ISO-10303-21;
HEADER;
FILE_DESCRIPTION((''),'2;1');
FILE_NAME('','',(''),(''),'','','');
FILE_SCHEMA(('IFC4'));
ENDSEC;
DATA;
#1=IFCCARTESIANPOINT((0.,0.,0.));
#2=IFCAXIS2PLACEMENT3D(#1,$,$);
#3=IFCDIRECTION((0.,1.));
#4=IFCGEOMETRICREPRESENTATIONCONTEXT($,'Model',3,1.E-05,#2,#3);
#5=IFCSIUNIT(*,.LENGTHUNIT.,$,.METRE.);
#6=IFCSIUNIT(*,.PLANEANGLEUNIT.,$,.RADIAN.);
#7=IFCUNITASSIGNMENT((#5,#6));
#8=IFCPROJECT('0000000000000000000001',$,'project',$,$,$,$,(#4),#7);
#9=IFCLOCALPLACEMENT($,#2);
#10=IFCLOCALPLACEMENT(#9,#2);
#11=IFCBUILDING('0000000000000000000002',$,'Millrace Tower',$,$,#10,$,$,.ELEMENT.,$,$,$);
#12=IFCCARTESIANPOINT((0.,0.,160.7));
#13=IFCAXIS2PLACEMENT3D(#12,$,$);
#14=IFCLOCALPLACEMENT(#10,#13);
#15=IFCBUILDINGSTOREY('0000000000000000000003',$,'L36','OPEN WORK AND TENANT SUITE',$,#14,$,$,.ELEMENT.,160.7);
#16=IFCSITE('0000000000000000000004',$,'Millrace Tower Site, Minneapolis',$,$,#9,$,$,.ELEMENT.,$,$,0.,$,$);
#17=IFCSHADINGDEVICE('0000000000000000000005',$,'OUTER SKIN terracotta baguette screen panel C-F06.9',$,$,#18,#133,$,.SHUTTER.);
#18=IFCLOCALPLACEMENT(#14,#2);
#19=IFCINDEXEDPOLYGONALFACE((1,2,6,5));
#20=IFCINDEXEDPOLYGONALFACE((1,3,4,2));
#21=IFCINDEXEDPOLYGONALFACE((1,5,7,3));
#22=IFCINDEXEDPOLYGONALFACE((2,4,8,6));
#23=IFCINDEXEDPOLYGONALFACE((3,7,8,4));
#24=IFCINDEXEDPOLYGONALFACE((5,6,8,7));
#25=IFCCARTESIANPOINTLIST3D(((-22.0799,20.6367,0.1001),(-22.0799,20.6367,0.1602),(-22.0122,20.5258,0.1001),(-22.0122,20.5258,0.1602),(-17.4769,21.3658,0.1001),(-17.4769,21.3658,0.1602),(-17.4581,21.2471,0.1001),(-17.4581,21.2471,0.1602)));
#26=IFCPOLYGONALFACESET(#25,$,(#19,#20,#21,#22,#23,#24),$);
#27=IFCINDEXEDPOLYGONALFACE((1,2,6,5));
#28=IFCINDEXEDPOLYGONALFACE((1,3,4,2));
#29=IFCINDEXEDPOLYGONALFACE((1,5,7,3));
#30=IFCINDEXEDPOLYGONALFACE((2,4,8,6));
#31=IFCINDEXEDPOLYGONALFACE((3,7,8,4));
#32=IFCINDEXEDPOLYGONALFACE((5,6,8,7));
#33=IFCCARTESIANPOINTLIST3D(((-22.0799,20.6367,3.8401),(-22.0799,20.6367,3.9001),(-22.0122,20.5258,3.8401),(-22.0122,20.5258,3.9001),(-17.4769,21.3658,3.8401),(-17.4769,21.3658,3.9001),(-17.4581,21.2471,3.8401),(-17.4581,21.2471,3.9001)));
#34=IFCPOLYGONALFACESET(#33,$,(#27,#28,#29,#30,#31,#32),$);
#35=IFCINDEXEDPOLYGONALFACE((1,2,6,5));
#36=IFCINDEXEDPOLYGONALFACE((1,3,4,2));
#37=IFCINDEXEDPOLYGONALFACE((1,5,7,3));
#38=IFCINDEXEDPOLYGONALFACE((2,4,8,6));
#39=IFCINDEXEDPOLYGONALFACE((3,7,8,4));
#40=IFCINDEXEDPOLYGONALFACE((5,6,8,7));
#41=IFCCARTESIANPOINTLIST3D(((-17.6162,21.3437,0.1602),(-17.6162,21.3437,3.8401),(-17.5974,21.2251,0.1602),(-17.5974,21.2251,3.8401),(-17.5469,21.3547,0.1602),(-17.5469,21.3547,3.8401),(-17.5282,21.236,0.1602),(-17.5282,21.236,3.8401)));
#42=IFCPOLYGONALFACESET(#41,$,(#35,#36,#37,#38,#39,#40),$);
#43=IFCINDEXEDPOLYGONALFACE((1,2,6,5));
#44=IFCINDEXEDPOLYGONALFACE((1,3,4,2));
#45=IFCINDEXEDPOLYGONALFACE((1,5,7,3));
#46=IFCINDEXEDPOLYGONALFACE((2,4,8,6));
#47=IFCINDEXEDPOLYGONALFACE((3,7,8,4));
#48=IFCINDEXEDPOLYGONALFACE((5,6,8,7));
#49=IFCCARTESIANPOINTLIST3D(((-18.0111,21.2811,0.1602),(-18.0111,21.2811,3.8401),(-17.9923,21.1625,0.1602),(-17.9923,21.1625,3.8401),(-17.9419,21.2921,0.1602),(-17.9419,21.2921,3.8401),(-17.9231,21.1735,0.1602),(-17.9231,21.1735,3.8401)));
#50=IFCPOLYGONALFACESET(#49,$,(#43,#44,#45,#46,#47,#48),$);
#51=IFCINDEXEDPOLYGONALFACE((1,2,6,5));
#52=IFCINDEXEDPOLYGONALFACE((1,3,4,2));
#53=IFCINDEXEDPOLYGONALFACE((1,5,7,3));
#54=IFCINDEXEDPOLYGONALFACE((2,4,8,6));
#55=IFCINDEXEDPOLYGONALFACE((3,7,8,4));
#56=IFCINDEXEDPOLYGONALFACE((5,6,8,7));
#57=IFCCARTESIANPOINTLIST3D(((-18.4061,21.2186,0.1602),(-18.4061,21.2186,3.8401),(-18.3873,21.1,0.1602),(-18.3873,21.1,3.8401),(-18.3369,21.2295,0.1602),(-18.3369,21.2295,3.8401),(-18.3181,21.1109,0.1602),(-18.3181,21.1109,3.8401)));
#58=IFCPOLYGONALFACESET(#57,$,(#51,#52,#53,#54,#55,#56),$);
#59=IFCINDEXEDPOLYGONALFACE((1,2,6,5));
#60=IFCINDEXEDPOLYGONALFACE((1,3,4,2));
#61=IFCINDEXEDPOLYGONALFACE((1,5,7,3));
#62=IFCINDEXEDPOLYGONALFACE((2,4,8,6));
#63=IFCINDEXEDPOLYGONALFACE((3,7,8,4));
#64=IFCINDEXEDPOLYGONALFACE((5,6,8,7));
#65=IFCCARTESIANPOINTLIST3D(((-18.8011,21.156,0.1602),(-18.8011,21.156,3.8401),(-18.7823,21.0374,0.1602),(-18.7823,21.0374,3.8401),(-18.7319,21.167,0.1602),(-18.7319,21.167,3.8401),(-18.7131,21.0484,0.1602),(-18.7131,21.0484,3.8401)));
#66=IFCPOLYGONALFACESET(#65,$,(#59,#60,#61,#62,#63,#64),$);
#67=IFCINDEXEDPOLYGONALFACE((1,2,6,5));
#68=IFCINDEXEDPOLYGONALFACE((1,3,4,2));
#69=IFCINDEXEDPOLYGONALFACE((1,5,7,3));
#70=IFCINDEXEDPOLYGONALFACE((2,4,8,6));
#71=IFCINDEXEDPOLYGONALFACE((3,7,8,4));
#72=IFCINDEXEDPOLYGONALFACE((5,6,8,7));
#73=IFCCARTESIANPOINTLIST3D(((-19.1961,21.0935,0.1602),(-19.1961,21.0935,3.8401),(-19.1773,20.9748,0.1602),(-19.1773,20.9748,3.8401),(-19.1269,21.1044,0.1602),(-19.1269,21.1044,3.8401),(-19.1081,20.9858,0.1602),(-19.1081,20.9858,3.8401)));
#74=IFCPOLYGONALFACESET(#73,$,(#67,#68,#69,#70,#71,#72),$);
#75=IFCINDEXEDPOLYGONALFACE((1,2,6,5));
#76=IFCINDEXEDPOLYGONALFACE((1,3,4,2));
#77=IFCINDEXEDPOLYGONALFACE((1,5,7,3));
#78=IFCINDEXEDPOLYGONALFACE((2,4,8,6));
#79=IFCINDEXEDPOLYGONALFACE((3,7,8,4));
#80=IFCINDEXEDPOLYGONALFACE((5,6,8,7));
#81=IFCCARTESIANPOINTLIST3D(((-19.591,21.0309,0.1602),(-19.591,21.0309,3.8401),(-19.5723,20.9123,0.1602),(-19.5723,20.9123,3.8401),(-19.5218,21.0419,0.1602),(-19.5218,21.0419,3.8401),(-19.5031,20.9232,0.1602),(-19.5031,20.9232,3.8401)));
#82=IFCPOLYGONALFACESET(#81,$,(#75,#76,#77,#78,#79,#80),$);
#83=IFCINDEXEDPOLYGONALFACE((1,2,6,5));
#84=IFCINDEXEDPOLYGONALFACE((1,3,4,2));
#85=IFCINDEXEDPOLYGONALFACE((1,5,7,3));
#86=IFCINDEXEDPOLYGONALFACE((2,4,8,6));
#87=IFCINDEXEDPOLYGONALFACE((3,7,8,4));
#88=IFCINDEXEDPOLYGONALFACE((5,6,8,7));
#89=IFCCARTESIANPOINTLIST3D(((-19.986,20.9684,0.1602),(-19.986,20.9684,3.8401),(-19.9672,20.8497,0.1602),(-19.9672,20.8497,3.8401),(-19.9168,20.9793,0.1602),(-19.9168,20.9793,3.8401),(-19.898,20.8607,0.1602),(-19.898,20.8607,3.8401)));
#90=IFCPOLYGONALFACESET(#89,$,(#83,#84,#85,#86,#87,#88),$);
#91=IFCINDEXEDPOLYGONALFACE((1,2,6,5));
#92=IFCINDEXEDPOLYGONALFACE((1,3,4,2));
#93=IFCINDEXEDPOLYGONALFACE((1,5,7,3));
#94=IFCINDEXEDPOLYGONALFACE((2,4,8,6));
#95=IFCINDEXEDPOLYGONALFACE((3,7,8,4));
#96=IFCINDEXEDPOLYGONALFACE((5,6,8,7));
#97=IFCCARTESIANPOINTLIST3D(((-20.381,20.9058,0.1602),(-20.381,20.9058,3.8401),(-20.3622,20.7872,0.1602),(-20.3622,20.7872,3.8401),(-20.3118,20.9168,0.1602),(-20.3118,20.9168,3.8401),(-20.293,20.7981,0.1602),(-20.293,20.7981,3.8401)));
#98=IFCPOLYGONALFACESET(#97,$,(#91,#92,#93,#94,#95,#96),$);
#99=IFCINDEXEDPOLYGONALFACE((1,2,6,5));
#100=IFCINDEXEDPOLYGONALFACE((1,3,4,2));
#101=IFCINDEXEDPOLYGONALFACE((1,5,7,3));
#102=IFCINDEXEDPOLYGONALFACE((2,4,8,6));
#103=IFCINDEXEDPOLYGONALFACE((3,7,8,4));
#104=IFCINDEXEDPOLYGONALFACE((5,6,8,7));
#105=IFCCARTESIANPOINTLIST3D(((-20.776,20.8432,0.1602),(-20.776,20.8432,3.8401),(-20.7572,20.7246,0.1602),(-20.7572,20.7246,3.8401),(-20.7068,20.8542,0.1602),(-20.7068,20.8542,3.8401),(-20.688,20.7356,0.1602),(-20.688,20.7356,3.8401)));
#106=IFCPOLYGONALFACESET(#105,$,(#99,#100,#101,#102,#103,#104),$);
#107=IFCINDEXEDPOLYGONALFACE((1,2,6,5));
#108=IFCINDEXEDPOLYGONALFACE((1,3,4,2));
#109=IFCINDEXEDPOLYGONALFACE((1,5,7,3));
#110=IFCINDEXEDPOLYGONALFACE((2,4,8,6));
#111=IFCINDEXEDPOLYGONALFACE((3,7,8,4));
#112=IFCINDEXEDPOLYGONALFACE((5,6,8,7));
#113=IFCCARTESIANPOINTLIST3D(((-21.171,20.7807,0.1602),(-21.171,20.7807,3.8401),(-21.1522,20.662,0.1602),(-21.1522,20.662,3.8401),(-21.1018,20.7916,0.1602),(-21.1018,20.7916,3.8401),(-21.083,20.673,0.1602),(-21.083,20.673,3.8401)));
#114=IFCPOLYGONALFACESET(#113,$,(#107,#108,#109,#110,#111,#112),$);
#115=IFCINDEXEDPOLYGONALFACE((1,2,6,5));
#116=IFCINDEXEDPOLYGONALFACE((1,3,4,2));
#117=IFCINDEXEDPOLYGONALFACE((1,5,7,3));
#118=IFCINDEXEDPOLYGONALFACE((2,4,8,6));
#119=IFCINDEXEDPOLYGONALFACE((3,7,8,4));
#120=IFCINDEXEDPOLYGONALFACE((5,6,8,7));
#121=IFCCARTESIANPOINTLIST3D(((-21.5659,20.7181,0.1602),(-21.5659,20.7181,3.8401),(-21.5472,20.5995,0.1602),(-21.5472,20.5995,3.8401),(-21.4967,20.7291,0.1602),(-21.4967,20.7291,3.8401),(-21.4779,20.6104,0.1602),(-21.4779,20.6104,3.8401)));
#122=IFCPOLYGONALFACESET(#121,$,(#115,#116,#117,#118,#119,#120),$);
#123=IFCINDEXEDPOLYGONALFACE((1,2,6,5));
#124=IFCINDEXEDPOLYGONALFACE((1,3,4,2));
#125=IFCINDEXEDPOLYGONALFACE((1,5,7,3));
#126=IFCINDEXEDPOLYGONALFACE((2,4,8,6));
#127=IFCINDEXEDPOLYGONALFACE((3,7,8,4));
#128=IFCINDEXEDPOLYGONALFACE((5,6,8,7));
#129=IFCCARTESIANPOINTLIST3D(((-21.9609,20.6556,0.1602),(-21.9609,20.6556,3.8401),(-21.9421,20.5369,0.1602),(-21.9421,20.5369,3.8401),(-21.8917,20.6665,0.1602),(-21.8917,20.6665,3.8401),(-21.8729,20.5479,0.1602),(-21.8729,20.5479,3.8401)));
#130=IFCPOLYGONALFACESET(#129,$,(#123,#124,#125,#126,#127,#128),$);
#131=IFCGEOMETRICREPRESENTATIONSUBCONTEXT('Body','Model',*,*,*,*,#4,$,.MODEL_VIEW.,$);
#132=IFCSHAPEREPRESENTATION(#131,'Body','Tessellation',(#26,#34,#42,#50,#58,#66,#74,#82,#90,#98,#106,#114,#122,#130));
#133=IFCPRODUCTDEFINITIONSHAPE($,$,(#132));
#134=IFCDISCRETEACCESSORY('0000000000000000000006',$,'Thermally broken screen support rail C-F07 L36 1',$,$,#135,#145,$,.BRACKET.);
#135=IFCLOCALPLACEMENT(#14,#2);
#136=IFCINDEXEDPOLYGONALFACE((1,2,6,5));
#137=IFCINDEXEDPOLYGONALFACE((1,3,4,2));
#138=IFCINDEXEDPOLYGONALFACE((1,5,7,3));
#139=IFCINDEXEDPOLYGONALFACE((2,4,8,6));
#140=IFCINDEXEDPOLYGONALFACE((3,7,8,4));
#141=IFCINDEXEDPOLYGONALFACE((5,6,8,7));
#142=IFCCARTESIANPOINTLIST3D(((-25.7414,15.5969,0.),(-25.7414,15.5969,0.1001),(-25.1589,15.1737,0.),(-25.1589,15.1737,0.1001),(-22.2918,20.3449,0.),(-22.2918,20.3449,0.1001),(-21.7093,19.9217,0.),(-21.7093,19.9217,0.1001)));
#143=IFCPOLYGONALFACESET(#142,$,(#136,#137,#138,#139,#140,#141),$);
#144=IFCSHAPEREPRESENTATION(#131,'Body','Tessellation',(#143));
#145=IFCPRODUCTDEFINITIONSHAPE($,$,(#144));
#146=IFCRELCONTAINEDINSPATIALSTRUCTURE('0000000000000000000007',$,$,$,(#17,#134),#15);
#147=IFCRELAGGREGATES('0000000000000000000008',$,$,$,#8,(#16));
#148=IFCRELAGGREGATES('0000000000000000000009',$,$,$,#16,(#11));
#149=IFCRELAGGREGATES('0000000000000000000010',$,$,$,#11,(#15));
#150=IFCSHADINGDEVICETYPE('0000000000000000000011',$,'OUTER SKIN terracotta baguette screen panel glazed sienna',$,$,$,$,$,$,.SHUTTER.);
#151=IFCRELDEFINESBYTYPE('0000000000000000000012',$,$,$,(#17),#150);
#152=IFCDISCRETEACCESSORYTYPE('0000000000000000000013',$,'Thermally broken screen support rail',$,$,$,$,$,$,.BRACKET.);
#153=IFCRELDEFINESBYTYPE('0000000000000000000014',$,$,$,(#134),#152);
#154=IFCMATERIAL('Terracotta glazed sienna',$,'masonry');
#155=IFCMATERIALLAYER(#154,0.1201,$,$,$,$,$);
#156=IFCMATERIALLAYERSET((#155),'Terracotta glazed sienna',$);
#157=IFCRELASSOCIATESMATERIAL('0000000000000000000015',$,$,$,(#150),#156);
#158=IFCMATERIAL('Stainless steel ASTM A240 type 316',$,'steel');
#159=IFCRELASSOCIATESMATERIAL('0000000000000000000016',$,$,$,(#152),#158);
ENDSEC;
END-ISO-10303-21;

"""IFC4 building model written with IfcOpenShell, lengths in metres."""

from ifc_helpers import new_model, entity, si_unit, direction, frame, frame_2d, origin, origin_2d, place, context, subcontext, project, spatial, rectangle, extrude, source, transform, mapped, material, layer, layer_set, type_object, element, save


model = new_model("IFC4")

# Units and contexts
model_context = context("Model", 3, precision=1e-05, world=origin(), true_north=direction((0.0, 1.0)))
body_context = subcontext(model_context, "Body", "Model", "MODEL_VIEW")
ifc_project = project(units=[si_unit("LENGTHUNIT", "METRE"), si_unit("PLANEANGLEUNIT", "RADIAN")], contexts=[model_context])

# Site, building, storey
site_placement = place(None, origin())
site = spatial("IfcSite", under=ifc_project, at=site_placement, Name="Millrace Tower Site, Minneapolis", CompositionType="ELEMENT", RefElevation=0.0)
building_placement = place(site_placement, origin())
building = spatial("IfcBuilding", under=site, at=building_placement, Name="Millrace Tower", CompositionType="ELEMENT")
storey_placement = place(building_placement, frame((0.0, 0.0, 160.7)))
storey = spatial("IfcBuildingStorey", under=building, at=storey_placement, Name="L36", Description="OPEN WORK AND TENANT SUITE", CompositionType="ELEMENT", Elevation=160.7)

# Shading device
ifc_material_1 = material(Name="Terracotta glazed sienna", Category="masonry")
ifc_layer_1 = layer(ifc_material_1, 0.1201)
ifc_layer_set_1 = layer_set([ifc_layer_1], Name="Terracotta glazed sienna")
shading_device_type = type_object("IfcShadingDeviceType", Name="OUTER SKIN terracotta baguette screen panel glazed sienna", PredefinedType="SHUTTER", material=ifc_layer_set_1)
cartesian_point_1 = entity("IfcCartesianPoint", [-2.3179, 0.0601])
shared_polyline_1 = entity("IfcPolyline", [cartesian_point_1, entity("IfcCartesianPoint", [2.293, 0.0601]), entity("IfcCartesianPoint", [2.3425, -0.0601]), entity("IfcCartesianPoint", [-2.3179, -0.0601]), cartesian_point_1])
shared_shape_1 = source(origin(), body_context, "Body", "SweptSolid", [
    entity("IfcExtrudedAreaSolid", entity("IfcArbitraryClosedProfileDef", "AREA", None, shared_polyline_1), entity("IfcAxis2Placement3D", entity("IfcCartesianPoint", [0.0, 0.0, 0.0])), entity("IfcDirection", [0.0, 0.0, 1.0]), 0.0601),
    entity("IfcExtrudedAreaSolid", entity("IfcArbitraryClosedProfileDef", "AREA", None, shared_polyline_1), entity("IfcAxis2Placement3D", entity("IfcCartesianPoint", [0.0, 0.0, 3.74])), entity("IfcDirection", [0.0, 0.0, 1.0]), 0.0601),
    extrude(rectangle(XDim=0.0701, YDim=0.1201, at=frame_2d((-2.2119, 0.0))), frame((0.0, 0.0, 0.0601)), (0.0, 0.0, 1.0), 3.6799),
    extrude(rectangle(XDim=0.0701, YDim=0.1201, at=frame_2d((-1.812, 0.0))), frame((0.0, 0.0, 0.0601)), (0.0, 0.0, 1.0), 3.6799),
    extrude(rectangle(XDim=0.0701, YDim=0.1201, at=frame_2d((-1.4121, 0.0))), frame((0.0, 0.0, 0.0601)), (0.0, 0.0, 1.0), 3.6799),
    extrude(rectangle(XDim=0.0701, YDim=0.1201, at=frame_2d((-1.0122, 0.0))), frame((0.0, 0.0, 0.0601)), (0.0, 0.0, 1.0), 3.6799),
    extrude(rectangle(XDim=0.0701, YDim=0.1201, at=frame_2d((-0.6123, 0.0))), frame((0.0, 0.0, 0.0601)), (0.0, 0.0, 1.0), 3.6799),
    extrude(rectangle(XDim=0.0701, YDim=0.1201, at=frame_2d((-0.2124, 0.0))), frame((0.0, 0.0, 0.0601)), (0.0, 0.0, 1.0), 3.6799),
    extrude(rectangle(XDim=0.0701, YDim=0.1201, at=frame_2d((0.1875, 0.0))), frame((0.0, 0.0, 0.0601)), (0.0, 0.0, 1.0), 3.6799),
    extrude(rectangle(XDim=0.0701, YDim=0.1201, at=frame_2d((0.5874, 0.0))), frame((0.0, 0.0, 0.0601)), (0.0, 0.0, 1.0), 3.6799),
    extrude(rectangle(XDim=0.0701, YDim=0.1201, at=frame_2d((0.9873, 0.0))), frame((0.0, 0.0, 0.0601)), (0.0, 0.0, 1.0), 3.6799),
    extrude(rectangle(XDim=0.0701, YDim=0.1201, at=frame_2d((1.3872, 0.0))), frame((0.0, 0.0, 0.0601)), (0.0, 0.0, 1.0), 3.6799),
    extrude(rectangle(XDim=0.0701, YDim=0.1201, at=frame_2d((1.7871, 0.0))), frame((0.0, 0.0, 0.0601)), (0.0, 0.0, 1.0), 3.6799),
    extrude(rectangle(XDim=0.0701, YDim=0.1201, at=frame_2d((2.187, 0.0))), frame((0.0, 0.0, 0.0601)), (0.0, 0.0, 1.0), 3.6799),
])
shading_device_1_placement = place(storey_placement, frame((-19.7568, 20.9438, 0.1001), z_axis=(0.0, 0.0, 1.0), x_axis=(-0.987688, -0.156434, 0.0)))
element("IfcShadingDevice", 1, at=shading_device_1_placement, inside=storey, type_object=shading_device_type, Name="OUTER SKIN terracotta baguette screen panel C-F06.9", PredefinedType="SHUTTER", context=body_context, shape_type="MappedRepresentation", body=[
    mapped(shared_shape_1, transform((0.0, 0.0, 0.0), scale=1.0)),
])

# Discrete accessory
ifc_material_2 = material(Name="Stainless steel ASTM A240 type 316", Category="steel")
discrete_accessory_type = type_object("IfcDiscreteAccessoryType", Name="Thermally broken screen support rail", PredefinedType="BRACKET", material=ifc_material_2)
discrete_accessory_placement = place(storey_placement, frame((-23.7253, 17.7593, 0.0), z_axis=(0.0, 0.0, 1.0), x_axis=(-0.587785, -0.809017, 0.0)))
element("IfcDiscreteAccessory", 2, at=discrete_accessory_placement, inside=storey, type_object=discrete_accessory_type, Name="Thermally broken screen support rail C-F07 L36 1", PredefinedType="BRACKET", context=body_context, shape_type="SweptSolid", body=[
    extrude(rectangle(XDim=5.8689, YDim=0.72, at=origin_2d()), origin(), (0.0, 0.0, 1.0), 0.1001),
])

save(model, "model.ifc")
